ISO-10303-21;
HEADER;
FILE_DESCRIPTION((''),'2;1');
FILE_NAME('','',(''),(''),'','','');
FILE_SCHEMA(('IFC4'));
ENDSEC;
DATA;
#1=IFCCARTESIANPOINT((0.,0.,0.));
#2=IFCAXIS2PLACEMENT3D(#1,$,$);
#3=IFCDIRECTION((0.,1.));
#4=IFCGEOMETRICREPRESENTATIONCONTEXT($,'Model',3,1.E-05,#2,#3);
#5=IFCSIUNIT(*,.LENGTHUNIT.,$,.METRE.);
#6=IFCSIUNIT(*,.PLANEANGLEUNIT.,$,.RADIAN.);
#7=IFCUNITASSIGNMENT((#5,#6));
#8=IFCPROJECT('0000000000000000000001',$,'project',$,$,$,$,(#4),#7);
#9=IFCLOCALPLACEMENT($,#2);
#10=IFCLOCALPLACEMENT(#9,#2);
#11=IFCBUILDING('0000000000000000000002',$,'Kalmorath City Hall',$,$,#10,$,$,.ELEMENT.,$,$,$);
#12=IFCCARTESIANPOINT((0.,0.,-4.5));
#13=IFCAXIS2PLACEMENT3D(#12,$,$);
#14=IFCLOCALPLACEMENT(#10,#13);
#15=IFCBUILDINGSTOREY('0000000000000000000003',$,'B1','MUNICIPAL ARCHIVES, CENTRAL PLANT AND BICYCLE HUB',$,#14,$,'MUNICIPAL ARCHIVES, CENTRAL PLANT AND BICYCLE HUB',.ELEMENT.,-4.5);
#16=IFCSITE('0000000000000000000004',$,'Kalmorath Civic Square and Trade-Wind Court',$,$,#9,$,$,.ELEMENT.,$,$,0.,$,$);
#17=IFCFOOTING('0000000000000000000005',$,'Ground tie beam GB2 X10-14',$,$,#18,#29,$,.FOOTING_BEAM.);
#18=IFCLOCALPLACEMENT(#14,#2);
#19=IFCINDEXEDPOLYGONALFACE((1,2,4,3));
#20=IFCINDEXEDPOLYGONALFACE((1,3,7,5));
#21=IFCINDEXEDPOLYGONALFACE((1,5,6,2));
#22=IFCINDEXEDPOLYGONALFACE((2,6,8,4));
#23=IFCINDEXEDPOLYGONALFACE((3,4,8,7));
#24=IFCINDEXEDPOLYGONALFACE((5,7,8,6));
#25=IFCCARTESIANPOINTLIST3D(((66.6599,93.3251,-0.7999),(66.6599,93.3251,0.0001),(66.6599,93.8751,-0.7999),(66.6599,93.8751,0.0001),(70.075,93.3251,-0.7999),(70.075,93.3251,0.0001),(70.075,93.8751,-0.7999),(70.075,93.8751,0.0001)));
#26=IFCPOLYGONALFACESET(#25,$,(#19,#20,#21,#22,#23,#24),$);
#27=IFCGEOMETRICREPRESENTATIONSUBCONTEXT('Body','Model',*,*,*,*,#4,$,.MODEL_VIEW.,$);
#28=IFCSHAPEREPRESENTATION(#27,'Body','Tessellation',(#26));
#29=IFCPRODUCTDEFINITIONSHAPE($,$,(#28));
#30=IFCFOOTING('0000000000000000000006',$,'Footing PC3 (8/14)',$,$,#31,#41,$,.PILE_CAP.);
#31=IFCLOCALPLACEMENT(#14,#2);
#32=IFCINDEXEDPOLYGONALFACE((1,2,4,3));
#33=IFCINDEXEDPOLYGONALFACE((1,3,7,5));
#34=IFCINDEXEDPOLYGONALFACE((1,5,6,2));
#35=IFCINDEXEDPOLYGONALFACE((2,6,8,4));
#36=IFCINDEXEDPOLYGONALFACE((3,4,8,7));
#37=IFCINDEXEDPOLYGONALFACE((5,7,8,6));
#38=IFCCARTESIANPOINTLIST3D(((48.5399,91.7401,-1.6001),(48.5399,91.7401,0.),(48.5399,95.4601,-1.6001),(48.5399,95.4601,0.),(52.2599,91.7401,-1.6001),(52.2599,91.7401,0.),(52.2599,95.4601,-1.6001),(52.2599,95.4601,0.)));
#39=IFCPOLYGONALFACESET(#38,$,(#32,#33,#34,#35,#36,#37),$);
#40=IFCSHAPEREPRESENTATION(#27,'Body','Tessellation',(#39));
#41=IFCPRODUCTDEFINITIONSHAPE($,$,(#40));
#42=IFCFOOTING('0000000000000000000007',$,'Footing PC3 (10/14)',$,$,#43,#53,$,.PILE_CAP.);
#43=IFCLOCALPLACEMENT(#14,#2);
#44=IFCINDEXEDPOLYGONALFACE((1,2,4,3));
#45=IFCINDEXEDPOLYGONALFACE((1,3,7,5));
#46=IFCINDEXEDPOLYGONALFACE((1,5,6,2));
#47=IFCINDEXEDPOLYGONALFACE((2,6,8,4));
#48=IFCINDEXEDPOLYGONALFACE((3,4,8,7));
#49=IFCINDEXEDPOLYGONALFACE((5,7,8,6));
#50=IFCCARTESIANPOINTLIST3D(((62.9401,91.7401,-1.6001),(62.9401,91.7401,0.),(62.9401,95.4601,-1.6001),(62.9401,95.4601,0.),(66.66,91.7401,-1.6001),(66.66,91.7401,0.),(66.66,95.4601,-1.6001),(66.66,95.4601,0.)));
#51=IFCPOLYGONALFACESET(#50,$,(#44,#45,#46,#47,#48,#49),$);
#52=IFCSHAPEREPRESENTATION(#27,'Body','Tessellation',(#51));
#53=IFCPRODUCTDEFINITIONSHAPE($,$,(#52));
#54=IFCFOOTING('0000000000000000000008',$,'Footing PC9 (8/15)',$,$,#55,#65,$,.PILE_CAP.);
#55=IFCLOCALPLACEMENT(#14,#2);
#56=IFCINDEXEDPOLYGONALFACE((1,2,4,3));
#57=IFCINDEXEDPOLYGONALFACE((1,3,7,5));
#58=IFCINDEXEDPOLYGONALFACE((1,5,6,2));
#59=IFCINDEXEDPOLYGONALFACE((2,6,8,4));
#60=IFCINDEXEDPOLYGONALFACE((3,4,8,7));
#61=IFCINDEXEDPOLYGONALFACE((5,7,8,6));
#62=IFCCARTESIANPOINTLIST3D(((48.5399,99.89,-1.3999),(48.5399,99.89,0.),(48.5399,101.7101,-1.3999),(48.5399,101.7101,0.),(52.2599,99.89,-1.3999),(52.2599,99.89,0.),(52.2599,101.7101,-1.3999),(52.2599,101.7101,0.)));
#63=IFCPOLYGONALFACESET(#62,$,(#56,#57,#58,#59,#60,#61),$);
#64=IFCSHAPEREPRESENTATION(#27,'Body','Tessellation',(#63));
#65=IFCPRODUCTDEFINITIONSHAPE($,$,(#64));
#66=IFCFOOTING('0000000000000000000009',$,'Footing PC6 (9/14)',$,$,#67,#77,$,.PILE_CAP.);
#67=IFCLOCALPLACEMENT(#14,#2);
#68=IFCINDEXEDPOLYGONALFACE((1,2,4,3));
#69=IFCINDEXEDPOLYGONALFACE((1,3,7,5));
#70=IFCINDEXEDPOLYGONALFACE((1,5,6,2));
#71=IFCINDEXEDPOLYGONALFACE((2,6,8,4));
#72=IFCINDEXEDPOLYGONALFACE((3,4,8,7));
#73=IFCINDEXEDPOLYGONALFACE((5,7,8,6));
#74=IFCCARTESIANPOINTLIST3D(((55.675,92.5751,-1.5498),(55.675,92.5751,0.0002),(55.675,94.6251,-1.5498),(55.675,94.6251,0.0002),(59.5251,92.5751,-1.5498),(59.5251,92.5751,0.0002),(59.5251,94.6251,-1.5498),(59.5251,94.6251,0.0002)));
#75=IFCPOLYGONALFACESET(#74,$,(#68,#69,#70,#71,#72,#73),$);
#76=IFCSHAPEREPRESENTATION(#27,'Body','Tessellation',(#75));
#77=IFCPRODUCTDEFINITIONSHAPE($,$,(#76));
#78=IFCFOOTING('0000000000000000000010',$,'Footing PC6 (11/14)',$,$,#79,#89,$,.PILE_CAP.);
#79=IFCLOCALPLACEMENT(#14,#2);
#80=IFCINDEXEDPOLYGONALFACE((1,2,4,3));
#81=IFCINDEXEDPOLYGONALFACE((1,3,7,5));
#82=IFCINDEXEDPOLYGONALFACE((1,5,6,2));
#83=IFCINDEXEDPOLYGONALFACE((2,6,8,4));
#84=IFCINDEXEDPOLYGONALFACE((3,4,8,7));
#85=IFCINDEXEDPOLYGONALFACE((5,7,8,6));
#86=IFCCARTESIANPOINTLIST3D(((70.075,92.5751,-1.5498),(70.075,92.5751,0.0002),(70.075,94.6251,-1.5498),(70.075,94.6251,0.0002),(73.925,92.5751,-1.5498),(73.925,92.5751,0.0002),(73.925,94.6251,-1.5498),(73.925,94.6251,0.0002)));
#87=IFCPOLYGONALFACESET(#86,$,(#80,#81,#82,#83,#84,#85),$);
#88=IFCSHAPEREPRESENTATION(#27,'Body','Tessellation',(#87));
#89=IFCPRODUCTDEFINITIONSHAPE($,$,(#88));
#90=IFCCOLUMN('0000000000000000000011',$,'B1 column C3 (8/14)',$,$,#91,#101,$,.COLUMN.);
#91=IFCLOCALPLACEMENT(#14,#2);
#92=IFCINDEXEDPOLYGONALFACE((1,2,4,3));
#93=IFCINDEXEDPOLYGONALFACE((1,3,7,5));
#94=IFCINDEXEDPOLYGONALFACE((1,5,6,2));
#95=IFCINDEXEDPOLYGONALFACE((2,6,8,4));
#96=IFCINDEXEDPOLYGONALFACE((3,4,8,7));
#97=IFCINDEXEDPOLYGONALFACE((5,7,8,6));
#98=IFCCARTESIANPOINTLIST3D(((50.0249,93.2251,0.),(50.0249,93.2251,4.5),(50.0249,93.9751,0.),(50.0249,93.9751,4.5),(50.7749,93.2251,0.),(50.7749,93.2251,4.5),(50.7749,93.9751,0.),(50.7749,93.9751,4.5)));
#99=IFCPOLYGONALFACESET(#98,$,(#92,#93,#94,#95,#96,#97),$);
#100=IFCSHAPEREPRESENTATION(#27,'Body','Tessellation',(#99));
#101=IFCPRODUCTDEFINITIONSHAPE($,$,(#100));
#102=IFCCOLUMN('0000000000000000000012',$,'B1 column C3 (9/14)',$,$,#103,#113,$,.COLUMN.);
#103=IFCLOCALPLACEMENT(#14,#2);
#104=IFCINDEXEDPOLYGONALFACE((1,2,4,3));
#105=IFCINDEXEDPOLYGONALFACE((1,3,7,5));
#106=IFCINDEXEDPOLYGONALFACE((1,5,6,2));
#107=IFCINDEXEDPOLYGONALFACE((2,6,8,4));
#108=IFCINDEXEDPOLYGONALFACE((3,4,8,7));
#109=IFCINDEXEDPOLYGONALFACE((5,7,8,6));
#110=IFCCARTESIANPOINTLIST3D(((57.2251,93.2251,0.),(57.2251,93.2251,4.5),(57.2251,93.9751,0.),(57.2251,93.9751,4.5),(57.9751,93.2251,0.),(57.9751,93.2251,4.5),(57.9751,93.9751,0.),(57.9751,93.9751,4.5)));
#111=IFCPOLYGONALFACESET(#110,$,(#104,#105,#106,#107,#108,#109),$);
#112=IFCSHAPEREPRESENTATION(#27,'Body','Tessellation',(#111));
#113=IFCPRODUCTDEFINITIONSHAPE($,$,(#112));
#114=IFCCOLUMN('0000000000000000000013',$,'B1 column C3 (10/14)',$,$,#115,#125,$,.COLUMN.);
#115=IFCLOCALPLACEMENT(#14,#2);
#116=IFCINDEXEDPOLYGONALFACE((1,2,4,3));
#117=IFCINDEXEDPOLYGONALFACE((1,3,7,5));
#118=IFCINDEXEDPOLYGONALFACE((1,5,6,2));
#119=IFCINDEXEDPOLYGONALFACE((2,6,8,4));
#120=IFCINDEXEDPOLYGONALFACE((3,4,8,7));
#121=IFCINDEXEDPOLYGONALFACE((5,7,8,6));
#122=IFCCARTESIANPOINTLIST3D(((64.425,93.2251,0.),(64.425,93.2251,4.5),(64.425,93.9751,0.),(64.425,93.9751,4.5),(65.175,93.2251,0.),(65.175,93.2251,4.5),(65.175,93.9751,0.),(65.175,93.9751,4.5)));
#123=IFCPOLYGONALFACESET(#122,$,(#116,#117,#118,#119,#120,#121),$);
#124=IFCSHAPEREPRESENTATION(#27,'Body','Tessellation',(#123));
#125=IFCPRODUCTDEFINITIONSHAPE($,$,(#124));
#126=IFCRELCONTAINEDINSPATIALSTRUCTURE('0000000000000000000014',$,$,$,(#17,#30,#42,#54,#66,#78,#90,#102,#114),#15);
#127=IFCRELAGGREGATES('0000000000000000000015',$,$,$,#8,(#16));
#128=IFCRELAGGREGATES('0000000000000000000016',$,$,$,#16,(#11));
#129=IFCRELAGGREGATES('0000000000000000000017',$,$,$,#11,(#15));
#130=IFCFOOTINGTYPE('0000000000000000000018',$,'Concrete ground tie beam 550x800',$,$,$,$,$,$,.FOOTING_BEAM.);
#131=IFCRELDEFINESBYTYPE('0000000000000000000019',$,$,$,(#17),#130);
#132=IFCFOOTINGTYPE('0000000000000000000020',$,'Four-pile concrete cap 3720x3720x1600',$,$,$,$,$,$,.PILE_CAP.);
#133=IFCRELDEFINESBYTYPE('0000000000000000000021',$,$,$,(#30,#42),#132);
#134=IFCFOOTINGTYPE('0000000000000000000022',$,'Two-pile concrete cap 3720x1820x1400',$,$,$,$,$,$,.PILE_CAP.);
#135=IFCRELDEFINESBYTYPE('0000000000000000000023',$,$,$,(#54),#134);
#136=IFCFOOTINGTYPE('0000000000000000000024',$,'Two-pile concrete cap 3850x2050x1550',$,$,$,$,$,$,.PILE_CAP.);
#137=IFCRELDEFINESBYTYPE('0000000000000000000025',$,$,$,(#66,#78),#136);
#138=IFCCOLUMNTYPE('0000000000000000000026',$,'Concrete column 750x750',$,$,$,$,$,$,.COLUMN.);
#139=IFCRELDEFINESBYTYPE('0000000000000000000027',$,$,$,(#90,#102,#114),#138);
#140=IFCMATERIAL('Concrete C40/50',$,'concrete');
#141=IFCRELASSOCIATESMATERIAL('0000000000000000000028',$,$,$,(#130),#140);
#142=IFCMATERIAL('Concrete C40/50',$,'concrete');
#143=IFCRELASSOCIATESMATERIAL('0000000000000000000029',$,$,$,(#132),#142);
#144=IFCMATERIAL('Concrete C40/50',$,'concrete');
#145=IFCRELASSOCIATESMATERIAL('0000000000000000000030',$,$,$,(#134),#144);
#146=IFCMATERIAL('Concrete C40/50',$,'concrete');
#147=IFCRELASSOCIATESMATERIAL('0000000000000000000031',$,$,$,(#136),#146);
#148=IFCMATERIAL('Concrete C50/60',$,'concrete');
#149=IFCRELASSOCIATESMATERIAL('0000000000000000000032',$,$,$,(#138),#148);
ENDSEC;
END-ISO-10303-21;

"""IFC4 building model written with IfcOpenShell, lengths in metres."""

from ifc_helpers import new_model, si_unit, direction, frame, origin, origin_2d, place, context, subcontext, project, spatial, rectangle, extrude, material, material_profile, profile_set, type_object, element, save


model = new_model("IFC4")

# Units and contexts
model_context = context("Model", 3, precision=1e-05, world=origin(), true_north=direction((0.0, 1.0)))
body_context = subcontext(model_context, "Body", "Model", "MODEL_VIEW")
ifc_project = project(units=[si_unit("LENGTHUNIT", "METRE"), si_unit("PLANEANGLEUNIT", "RADIAN")], contexts=[model_context])

# Site, building, storey
site_placement = place(None, origin())
site = spatial("IfcSite", under=ifc_project, at=site_placement, Name="Kalmorath Civic Square and Trade-Wind Court", CompositionType="ELEMENT", RefElevation=0.0)
building_placement = place(site_placement, origin())
building = spatial("IfcBuilding", under=site, at=building_placement, Name="Kalmorath City Hall", CompositionType="ELEMENT")
storey_placement = place(building_placement, frame((0.0, 0.0, -4.5)))
storey = spatial("IfcBuildingStorey", under=building, at=storey_placement, Name="B1", Description="MUNICIPAL ARCHIVES, CENTRAL PLANT AND BICYCLE HUB", LongName="MUNICIPAL ARCHIVES, CENTRAL PLANT AND BICYCLE HUB", CompositionType="ELEMENT", Elevation=-4.5)

# Footings
ifc_material_1 = material(Name="Concrete C40/50", Category="concrete")
ifc_material_profile_1 = material_profile(ifc_material_1, rectangle(XDim=0.55, YDim=0.8, at=origin_2d()), Name="RC-BM-550X800")
ifc_profile_set_1 = profile_set([ifc_material_profile_1], Name="Concrete C40/50")
footing_type_1 = type_object("IfcFootingType", Name="Concrete ground tie beam 550x800", PredefinedType="FOOTING_BEAM", material=ifc_profile_set_1)
for number, where, z_axis, x_axis, name in (
    (1, (66.6599, 93.6001, -0.3999), (1.0, 0.0, 0.0), (0.0, 1.0, 0.0), "Ground tie beam GB2 X10-14"),
):
    element("IfcFooting", number, at=place(storey_placement, frame(where, z_axis=z_axis, x_axis=x_axis)), inside=storey, type_object=footing_type_1, Name=name, PredefinedType="FOOTING_BEAM", context=body_context, shape_type="SweptSolid", body=[
        extrude(rectangle(XDim=0.55, YDim=0.8, at=origin_2d()), origin(), (0.0, 0.0, 1.0), 3.415),
    ])
ifc_material_2 = material(Name="Concrete C40/50", Category="concrete")
footing_type_2 = type_object("IfcFootingType", Name="Four-pile concrete cap 3720x3720x1600", PredefinedType="PILE_CAP", material=ifc_material_2)
for number, where, z_axis, x_axis, name in (
    (2, (50.3999, 93.6001, -1.6001), (0.0, 0.0, 1.0), (1.0, 0.0, 0.0), "Footing PC3 (8/14)"),
    (3, (64.8, 93.6001, -1.6001), (0.0, 0.0, 1.0), (1.0, 0.0, 0.0), "Footing PC3 (10/14)"),
):
    element("IfcFooting", number, at=place(storey_placement, frame(where, z_axis=z_axis, x_axis=x_axis)), inside=storey, type_object=footing_type_2, Name=name, PredefinedType="PILE_CAP", context=body_context, shape_type="SweptSolid", body=[
        extrude(rectangle(XDim=3.72, YDim=3.72, at=origin_2d()), origin(), (0.0, 0.0, 1.0), 1.6001),
    ])
ifc_material_3 = material(Name="Concrete C40/50", Category="concrete")
footing_type_3 = type_object("IfcFootingType", Name="Two-pile concrete cap 3720x1820x1400", PredefinedType="PILE_CAP", material=ifc_material_3)
footing_1_placement = place(storey_placement, frame((50.3999, 100.8, -1.3999), z_axis=(0.0, 0.0, 1.0), x_axis=(1.0, 0.0, 0.0)))
element("IfcFooting", 4, at=footing_1_placement, inside=storey, type_object=footing_type_3, Name="Footing PC9 (8/15)", PredefinedType="PILE_CAP", context=body_context, shape_type="SweptSolid", body=[
    extrude(rectangle(XDim=3.72, YDim=1.8201, at=origin_2d()), origin(), (0.0, 0.0, 1.0), 1.3999),
])
ifc_material_4 = material(Name="Concrete C40/50", Category="concrete")
footing_type_4 = type_object("IfcFootingType", Name="Two-pile concrete cap 3850x2050x1550", PredefinedType="PILE_CAP", material=ifc_material_4)
for number, where, z_axis, x_axis, name in (
    (5, (57.6001, 93.6001, -1.5498), (0.0, 0.0, 1.0), (1.0, 0.0, 0.0), "Footing PC6 (9/14)"),
    (6, (72.0, 93.6001, -1.5498), (0.0, 0.0, 1.0), (1.0, 0.0, 0.0), "Footing PC6 (11/14)"),
):
    element("IfcFooting", number, at=place(storey_placement, frame(where, z_axis=z_axis, x_axis=x_axis)), inside=storey, type_object=footing_type_4, Name=name, PredefinedType="PILE_CAP", context=body_context, shape_type="SweptSolid", body=[
        extrude(rectangle(XDim=3.8501, YDim=2.05, at=origin_2d()), origin(), (0.0, 0.0, 1.0), 1.55),
    ])

# Columns
ifc_material_5 = material(Name="Concrete C50/60", Category="concrete")
ifc_material_profile_2 = material_profile(ifc_material_5, rectangle(XDim=0.75, YDim=0.75, at=origin_2d()), Name="RC-COL-750X750")
ifc_profile_set_2 = profile_set([ifc_material_profile_2], Name="Concrete C50/60")
column_type = type_object("IfcColumnType", Name="Concrete column 750x750", PredefinedType="COLUMN", material=ifc_profile_set_2)
for number, where, z_axis, x_axis, name in (
    (7, (50.3999, 93.6001, 0.0), (0.0, 0.0, 1.0), (1.0, 0.0, 0.0), "B1 column C3 (8/14)"),
    (8, (57.6001, 93.6001, 0.0), (0.0, 0.0, 1.0), (1.0, 0.0, 0.0), "B1 column C3 (9/14)"),
    (9, (64.8, 93.6001, 0.0), (0.0, 0.0, 1.0), (1.0, 0.0, 0.0), "B1 column C3 (10/14)"),
):
    element("IfcColumn", number, at=place(storey_placement, frame(where, z_axis=z_axis, x_axis=x_axis)), inside=storey, type_object=column_type, Name=name, PredefinedType="COLUMN", context=body_context, shape_type="SweptSolid", body=[
        extrude(rectangle(XDim=0.75, YDim=0.75, at=origin_2d()), origin(), (0.0, 0.0, 1.0), 4.5),
    ])

save(model, "model.ifc")
